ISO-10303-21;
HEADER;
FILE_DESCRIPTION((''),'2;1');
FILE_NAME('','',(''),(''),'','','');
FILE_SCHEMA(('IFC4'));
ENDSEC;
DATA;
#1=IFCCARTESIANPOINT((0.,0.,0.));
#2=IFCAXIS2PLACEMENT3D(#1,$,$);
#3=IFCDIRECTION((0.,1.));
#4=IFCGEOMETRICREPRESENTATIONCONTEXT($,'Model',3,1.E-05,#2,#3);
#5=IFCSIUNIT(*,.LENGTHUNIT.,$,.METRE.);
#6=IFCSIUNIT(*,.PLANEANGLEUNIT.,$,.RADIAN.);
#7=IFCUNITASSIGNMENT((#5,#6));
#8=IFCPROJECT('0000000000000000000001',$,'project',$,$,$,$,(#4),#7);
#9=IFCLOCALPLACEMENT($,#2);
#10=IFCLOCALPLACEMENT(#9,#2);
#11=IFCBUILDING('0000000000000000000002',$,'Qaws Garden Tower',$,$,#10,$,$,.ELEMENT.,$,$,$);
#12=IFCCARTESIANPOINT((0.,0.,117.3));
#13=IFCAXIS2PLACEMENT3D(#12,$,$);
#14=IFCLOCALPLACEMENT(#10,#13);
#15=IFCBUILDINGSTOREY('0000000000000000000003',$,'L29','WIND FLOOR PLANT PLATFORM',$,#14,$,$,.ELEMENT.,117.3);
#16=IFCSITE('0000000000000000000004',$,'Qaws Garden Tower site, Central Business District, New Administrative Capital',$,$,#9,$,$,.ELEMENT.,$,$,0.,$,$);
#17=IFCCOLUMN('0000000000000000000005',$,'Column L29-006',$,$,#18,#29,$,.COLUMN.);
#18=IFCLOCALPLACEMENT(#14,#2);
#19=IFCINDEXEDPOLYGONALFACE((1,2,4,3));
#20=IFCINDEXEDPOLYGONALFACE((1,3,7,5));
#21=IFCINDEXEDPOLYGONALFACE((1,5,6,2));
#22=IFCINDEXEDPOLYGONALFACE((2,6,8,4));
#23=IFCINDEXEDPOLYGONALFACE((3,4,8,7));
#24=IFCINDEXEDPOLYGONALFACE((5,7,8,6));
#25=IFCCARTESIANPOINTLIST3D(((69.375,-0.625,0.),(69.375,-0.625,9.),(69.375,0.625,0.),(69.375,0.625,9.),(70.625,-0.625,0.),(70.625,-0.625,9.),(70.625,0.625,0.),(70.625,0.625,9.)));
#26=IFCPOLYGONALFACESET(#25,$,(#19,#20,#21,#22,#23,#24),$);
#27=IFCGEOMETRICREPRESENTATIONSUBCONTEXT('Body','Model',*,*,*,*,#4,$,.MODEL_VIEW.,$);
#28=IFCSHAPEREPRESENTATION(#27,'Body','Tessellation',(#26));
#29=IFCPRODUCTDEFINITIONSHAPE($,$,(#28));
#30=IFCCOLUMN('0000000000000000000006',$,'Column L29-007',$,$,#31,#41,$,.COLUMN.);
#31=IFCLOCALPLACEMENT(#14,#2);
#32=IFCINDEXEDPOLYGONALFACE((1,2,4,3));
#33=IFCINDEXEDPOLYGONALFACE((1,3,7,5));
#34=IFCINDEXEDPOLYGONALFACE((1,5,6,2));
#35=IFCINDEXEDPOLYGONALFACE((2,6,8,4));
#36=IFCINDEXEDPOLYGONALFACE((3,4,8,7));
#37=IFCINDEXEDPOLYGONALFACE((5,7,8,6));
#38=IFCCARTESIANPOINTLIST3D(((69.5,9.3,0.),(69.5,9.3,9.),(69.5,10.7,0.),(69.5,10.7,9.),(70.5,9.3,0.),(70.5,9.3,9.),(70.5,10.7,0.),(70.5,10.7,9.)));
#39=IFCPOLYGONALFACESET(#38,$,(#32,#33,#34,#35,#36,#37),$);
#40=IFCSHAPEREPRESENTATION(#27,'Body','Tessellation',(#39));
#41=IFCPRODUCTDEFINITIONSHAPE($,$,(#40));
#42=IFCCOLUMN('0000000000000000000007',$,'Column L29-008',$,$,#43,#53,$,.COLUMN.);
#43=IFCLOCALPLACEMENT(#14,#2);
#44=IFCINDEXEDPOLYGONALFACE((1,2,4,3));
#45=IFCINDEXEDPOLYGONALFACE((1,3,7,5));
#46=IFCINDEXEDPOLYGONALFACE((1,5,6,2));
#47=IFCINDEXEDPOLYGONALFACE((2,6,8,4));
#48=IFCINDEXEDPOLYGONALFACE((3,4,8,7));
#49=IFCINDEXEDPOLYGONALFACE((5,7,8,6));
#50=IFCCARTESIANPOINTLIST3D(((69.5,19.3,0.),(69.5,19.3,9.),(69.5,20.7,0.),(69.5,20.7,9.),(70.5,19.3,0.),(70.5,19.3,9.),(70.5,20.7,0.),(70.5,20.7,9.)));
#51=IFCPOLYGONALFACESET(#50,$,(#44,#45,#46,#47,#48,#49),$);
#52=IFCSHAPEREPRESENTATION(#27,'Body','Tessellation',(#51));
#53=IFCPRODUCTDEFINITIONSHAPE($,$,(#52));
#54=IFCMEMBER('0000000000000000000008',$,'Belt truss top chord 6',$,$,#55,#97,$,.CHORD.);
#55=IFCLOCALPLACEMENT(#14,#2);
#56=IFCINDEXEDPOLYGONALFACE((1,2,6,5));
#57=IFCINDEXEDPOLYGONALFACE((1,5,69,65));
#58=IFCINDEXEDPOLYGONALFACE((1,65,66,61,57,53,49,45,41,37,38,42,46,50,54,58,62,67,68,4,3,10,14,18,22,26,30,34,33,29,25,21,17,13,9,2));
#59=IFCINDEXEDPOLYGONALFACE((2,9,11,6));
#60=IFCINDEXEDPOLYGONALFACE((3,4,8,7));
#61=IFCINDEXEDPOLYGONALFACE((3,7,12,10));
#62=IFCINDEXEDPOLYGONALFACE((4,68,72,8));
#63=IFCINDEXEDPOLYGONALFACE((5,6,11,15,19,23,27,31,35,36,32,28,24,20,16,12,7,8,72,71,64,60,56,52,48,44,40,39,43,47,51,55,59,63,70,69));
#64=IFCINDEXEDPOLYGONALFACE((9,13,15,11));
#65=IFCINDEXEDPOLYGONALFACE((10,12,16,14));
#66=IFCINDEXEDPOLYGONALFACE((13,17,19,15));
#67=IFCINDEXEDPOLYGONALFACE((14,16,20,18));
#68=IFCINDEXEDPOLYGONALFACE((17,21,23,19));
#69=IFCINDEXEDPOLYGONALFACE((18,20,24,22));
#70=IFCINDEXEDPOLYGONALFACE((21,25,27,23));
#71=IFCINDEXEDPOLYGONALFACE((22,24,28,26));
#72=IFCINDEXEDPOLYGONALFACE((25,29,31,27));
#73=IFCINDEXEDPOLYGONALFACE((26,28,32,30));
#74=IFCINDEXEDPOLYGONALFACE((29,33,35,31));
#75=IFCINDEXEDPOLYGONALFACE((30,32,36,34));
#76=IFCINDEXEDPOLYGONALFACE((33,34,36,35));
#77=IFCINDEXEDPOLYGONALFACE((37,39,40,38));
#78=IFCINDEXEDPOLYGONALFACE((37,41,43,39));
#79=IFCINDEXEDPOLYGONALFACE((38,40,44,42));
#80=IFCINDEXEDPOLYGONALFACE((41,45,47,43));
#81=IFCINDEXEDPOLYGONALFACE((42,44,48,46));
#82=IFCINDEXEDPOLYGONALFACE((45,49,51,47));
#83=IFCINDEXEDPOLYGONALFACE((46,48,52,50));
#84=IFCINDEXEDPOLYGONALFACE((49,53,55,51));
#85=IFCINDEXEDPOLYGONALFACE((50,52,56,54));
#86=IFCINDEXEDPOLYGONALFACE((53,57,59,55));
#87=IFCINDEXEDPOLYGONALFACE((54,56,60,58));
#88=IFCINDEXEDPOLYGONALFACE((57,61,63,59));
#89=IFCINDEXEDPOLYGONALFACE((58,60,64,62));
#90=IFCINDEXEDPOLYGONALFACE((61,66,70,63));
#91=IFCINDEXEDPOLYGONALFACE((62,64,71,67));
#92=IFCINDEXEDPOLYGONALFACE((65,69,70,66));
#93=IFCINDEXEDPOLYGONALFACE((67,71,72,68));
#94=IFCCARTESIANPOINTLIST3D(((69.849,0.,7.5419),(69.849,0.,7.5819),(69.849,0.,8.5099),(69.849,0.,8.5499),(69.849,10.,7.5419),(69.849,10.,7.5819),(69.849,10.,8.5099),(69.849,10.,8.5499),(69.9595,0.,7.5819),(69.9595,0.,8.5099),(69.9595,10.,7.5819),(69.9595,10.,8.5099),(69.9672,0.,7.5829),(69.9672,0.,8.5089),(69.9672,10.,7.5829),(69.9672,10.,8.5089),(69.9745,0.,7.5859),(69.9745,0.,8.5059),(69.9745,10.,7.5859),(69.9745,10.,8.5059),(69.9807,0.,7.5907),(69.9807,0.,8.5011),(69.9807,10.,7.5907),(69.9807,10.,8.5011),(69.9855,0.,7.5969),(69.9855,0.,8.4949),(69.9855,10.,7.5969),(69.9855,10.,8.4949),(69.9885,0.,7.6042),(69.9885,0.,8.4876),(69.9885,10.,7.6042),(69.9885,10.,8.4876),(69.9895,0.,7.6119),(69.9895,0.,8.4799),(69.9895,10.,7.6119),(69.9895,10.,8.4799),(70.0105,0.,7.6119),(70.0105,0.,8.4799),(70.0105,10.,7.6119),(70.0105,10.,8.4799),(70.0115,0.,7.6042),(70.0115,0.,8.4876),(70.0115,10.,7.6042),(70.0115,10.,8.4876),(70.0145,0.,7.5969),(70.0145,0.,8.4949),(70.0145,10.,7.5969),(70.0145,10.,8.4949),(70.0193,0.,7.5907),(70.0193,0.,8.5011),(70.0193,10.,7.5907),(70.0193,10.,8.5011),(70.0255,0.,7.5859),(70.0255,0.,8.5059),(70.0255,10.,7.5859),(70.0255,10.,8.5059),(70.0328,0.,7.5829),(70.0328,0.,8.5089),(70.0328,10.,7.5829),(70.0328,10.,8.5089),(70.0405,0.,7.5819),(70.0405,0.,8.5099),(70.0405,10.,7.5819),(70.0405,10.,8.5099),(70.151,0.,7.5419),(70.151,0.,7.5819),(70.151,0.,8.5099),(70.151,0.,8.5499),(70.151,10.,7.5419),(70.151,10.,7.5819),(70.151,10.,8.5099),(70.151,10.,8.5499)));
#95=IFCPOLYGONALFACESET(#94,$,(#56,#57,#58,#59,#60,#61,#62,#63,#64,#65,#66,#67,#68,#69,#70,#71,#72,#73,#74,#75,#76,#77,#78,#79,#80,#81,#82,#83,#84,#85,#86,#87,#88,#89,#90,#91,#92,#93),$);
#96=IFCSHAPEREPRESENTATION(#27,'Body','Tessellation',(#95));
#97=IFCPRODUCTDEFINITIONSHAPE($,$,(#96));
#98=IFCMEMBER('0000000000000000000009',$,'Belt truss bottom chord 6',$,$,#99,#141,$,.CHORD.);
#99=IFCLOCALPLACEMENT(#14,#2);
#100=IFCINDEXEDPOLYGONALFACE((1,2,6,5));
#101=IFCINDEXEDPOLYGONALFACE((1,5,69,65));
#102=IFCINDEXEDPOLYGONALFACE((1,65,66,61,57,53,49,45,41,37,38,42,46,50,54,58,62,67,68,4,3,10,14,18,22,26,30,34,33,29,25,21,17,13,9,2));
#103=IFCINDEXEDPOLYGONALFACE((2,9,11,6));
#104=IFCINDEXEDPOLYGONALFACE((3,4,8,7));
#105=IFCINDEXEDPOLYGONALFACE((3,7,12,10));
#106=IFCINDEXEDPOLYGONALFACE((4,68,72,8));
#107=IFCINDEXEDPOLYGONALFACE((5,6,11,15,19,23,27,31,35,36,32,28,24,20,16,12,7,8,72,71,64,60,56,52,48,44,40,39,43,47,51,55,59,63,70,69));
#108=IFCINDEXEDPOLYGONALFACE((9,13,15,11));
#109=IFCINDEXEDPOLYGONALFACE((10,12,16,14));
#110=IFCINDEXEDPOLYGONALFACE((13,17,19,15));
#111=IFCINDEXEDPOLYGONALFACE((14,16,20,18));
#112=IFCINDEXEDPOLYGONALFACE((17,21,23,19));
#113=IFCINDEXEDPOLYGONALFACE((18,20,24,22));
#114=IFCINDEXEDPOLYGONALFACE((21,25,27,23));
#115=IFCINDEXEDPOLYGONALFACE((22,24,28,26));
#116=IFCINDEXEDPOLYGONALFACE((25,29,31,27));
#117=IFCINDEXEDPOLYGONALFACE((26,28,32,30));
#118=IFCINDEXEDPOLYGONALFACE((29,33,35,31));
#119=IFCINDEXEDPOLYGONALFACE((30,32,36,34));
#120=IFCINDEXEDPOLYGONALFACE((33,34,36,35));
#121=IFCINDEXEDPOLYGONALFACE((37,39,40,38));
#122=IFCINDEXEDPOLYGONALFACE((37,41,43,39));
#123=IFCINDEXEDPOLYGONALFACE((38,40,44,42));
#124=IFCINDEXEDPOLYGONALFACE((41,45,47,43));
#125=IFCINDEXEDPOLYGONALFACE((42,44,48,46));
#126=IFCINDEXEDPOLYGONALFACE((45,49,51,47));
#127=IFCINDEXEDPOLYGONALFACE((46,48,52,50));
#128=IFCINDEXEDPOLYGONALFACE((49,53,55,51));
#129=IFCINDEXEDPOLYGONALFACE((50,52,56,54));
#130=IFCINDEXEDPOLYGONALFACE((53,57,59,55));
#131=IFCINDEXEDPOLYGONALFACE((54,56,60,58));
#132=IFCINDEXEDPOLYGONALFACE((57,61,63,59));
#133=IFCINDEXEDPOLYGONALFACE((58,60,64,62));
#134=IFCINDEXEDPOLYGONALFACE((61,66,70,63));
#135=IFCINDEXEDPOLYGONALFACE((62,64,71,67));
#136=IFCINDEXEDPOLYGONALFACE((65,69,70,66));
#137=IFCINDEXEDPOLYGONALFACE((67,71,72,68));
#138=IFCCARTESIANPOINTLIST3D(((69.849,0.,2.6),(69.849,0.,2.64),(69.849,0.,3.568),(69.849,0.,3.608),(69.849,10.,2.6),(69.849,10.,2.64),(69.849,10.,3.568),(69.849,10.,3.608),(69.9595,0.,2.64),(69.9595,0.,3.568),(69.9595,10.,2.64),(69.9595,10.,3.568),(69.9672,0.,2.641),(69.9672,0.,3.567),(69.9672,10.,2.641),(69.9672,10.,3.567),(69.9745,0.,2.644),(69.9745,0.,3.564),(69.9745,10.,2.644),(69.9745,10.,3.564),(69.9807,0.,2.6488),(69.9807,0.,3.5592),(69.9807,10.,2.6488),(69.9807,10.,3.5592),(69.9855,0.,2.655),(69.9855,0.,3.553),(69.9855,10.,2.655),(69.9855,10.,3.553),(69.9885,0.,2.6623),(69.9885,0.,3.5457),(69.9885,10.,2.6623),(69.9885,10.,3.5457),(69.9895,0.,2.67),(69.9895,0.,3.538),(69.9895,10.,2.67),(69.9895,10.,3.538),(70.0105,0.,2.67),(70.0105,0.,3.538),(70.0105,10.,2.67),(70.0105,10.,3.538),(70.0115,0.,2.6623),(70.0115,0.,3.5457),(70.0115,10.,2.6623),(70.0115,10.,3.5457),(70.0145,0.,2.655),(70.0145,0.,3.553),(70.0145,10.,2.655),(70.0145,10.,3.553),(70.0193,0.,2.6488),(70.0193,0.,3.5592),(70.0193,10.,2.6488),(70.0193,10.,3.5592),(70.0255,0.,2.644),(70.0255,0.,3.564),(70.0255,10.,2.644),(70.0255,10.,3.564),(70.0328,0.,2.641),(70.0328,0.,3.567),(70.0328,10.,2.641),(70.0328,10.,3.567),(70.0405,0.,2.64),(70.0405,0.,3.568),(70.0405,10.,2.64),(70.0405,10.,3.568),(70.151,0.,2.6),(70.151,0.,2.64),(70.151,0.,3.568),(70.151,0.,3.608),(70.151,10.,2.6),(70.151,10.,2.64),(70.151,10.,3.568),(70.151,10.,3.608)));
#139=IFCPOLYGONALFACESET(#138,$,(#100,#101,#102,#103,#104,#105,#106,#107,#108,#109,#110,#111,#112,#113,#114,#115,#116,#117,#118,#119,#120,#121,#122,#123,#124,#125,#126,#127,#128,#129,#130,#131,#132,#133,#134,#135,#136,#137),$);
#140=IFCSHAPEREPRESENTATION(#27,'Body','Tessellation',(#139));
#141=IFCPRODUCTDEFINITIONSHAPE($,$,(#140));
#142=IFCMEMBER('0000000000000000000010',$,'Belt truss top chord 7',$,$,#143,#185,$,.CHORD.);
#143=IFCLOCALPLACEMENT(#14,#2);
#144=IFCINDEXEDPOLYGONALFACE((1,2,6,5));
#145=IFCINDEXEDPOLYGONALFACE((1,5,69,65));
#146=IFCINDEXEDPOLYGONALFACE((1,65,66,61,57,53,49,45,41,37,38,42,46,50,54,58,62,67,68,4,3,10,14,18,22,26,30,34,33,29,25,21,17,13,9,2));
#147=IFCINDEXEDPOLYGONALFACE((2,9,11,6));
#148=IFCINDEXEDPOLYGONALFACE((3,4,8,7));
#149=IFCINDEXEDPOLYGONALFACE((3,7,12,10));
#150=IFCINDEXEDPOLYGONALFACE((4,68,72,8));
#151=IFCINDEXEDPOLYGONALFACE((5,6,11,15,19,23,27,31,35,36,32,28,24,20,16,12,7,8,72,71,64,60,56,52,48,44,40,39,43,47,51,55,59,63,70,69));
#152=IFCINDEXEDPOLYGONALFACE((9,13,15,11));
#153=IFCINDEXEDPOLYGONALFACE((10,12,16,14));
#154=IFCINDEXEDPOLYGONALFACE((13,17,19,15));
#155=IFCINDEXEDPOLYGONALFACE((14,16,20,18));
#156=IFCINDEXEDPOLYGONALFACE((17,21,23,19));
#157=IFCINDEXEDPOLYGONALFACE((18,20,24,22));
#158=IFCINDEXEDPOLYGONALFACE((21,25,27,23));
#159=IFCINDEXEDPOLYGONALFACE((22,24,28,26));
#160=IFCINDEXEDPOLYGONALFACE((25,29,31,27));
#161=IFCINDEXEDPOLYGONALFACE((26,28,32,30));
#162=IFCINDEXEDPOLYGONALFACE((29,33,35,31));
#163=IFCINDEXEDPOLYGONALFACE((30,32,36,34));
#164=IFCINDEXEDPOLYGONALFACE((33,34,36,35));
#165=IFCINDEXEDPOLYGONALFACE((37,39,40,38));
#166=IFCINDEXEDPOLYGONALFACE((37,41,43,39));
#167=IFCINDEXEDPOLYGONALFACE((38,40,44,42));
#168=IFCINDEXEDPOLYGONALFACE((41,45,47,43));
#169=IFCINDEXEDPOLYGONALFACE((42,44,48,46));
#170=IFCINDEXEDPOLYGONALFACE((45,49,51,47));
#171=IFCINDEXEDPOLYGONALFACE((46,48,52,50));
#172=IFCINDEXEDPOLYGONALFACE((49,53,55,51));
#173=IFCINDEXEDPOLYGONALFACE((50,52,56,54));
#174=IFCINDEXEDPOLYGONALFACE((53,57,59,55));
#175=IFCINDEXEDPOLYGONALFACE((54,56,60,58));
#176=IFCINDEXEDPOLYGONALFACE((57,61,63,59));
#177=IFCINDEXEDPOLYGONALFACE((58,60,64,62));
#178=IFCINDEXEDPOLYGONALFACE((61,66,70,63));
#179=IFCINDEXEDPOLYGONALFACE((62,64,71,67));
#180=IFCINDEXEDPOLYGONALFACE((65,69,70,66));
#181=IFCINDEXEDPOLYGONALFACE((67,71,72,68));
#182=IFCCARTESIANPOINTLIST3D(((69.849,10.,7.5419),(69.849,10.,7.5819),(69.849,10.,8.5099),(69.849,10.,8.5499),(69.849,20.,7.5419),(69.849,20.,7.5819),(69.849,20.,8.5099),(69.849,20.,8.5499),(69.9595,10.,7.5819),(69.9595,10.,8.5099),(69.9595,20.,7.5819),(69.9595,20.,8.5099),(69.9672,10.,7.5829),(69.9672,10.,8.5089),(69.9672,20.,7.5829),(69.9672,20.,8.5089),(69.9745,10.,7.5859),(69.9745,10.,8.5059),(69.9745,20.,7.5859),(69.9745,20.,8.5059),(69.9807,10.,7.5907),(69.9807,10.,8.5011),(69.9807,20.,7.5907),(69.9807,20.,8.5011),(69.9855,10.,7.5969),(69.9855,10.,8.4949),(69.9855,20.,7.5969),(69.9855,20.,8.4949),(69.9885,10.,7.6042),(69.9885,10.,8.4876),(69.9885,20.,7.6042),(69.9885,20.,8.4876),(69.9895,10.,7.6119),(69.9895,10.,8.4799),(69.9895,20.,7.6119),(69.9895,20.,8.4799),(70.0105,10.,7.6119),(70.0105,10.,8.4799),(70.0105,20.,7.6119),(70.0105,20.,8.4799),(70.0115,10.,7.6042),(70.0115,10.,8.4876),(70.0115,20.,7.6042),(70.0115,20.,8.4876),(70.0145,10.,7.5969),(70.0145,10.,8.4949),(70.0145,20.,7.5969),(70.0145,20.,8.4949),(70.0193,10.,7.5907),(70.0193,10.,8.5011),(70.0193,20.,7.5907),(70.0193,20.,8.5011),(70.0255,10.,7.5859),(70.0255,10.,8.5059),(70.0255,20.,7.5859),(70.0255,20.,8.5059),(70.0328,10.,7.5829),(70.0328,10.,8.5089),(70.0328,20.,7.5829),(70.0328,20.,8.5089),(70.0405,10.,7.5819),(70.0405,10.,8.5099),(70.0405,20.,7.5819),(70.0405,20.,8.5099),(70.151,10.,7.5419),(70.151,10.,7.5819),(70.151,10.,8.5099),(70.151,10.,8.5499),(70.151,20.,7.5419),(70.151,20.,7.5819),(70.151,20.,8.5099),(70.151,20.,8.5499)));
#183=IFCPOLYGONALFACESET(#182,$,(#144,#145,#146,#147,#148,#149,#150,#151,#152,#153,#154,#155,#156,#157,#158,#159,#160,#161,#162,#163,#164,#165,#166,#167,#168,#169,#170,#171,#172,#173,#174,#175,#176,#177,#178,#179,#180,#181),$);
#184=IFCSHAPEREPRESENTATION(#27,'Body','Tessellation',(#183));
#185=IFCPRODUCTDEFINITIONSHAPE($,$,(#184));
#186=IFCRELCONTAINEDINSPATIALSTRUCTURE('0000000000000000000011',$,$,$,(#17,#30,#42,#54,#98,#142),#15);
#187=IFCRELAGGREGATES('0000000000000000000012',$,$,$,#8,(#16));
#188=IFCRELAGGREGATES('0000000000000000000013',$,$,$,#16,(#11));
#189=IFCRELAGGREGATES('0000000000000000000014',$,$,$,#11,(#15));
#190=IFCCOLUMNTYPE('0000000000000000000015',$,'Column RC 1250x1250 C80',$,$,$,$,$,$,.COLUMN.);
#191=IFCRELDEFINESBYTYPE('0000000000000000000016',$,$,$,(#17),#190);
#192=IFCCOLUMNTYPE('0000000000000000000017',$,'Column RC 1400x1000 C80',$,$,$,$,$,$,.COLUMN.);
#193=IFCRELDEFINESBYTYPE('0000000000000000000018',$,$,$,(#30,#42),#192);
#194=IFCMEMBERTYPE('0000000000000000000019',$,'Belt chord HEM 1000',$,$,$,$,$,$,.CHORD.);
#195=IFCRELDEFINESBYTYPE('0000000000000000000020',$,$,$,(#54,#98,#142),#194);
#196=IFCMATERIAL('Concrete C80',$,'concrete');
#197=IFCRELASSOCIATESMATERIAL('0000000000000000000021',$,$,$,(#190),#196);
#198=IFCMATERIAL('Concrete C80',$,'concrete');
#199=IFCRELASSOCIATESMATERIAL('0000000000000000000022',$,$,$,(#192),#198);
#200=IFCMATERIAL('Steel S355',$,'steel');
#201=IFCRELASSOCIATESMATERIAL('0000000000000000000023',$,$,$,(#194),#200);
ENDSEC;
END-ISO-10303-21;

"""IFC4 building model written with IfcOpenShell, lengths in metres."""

from ifc_helpers import new_model, si_unit, direction, frame, origin, origin_2d, place, context, subcontext, project, spatial, rectangle, i_section, extrude, material, material_profile, profile_set, type_object, element, save


model = new_model("IFC4")

# Units and contexts
model_context = context("Model", 3, precision=1e-05, world=origin(), true_north=direction((0.0, 1.0)))
body_context = subcontext(model_context, "Body", "Model", "MODEL_VIEW")
ifc_project = project(units=[si_unit("LENGTHUNIT", "METRE"), si_unit("PLANEANGLEUNIT", "RADIAN")], contexts=[model_context])

# Site, building, storey
site_placement = place(None, origin())
site = spatial("IfcSite", under=ifc_project, at=site_placement, Name="Qaws Garden Tower site, Central Business District, New Administrative Capital", CompositionType="ELEMENT", RefElevation=0.0)
building_placement = place(site_placement, origin())
building = spatial("IfcBuilding", under=site, at=building_placement, Name="Qaws Garden Tower", CompositionType="ELEMENT")
storey_placement = place(building_placement, frame((0.0, 0.0, 117.3)))
storey = spatial("IfcBuildingStorey", under=building, at=storey_placement, Name="L29", Description="WIND FLOOR PLANT PLATFORM", CompositionType="ELEMENT", Elevation=117.3)

# Columns
ifc_material_1 = material(Name="Concrete C80", Category="concrete")
ifc_material_profile_1 = material_profile(ifc_material_1, rectangle(XDim=1.25, YDim=1.25, at=origin_2d()), Name="RC 1250x1250")
ifc_profile_set_1 = profile_set([ifc_material_profile_1], Name="Concrete C80")
column_type_1 = type_object("IfcColumnType", Name="Column RC 1250x1250 C80", PredefinedType="COLUMN", material=ifc_profile_set_1)
column_placement = place(storey_placement, frame((70.0, 0.0, 0.0), z_axis=(0.0, 0.0, 1.0), x_axis=(1.0, 0.0, 0.0)))
element("IfcColumn", 1, at=column_placement, inside=storey, type_object=column_type_1, Name="Column L29-006", PredefinedType="COLUMN", context=body_context, shape_type="SweptSolid", body=[
    extrude(rectangle(XDim=1.25, YDim=1.25, at=origin_2d()), origin(), (0.0, 0.0, 1.0), 9.0),
])
ifc_material_2 = material(Name="Concrete C80", Category="concrete")
ifc_material_profile_2 = material_profile(ifc_material_2, rectangle(XDim=1.3999, YDim=1.0, at=origin_2d()), Name="RC 1400x1000")
ifc_profile_set_2 = profile_set([ifc_material_profile_2], Name="Concrete C80")
column_type_2 = type_object("IfcColumnType", Name="Column RC 1400x1000 C80", PredefinedType="COLUMN", material=ifc_profile_set_2)
for number, where, z_axis, x_axis, name in (
    (2, (70.0, 10.0, 0.0), (0.0, 0.0, 1.0), (0.0, 1.0, 0.0), "Column L29-007"),
    (3, (70.0, 20.0, 0.0), (0.0, 0.0, 1.0), (0.0, 1.0, 0.0), "Column L29-008"),
):
    element("IfcColumn", number, at=place(storey_placement, frame(where, z_axis=z_axis, x_axis=x_axis)), inside=storey, type_object=column_type_2, Name=name, PredefinedType="COLUMN", context=body_context, shape_type="SweptSolid", body=[
        extrude(rectangle(XDim=1.3999, YDim=1.0, at=origin_2d()), origin(), (0.0, 0.0, 1.0), 9.0),
    ])

# Members
ifc_material_3 = material(Name="Steel S355", Category="steel")
ifc_material_profile_3 = material_profile(ifc_material_3, i_section(OverallWidth=0.302, OverallDepth=1.0081, WebThickness=0.021, FlangeThickness=0.04, FilletRadius=0.03, at=origin_2d()), Name="HEM 1000")
ifc_profile_set_3 = profile_set([ifc_material_profile_3], Name="Steel S355")
member_type_1 = type_object("IfcMemberType", Name="Belt chord HEM 1000", PredefinedType="CHORD", material=ifc_profile_set_3)
for number, where, z_axis, x_axis, name in (
    (4, (70.0, 0.0, 8.0459), (0.0, 1.0, 0.0), (-1.0, 0.0, 0.0), "Belt truss top chord 6"),
    (5, (70.0, 0.0, 3.104), (0.0, 1.0, 0.0), (-1.0, 0.0, 0.0), "Belt truss bottom chord 6"),
    (6, (70.0, 10.0, 8.0459), (0.0, 1.0, 0.0), (-1.0, 0.0, 0.0), "Belt truss top chord 7"),
):
    element("IfcMember", number, at=place(storey_placement, frame(where, z_axis=z_axis, x_axis=x_axis)), inside=storey, type_object=member_type_1, Name=name, PredefinedType="CHORD", context=body_context, shape_type="SweptSolid", body=[
        extrude(i_section(OverallWidth=0.302, OverallDepth=1.0081, WebThickness=0.021, FlangeThickness=0.04, FilletRadius=0.03, at=origin_2d()), origin(), (0.0, 0.0, 1.0), 10.0),
    ])

save(model, "model.ifc")
